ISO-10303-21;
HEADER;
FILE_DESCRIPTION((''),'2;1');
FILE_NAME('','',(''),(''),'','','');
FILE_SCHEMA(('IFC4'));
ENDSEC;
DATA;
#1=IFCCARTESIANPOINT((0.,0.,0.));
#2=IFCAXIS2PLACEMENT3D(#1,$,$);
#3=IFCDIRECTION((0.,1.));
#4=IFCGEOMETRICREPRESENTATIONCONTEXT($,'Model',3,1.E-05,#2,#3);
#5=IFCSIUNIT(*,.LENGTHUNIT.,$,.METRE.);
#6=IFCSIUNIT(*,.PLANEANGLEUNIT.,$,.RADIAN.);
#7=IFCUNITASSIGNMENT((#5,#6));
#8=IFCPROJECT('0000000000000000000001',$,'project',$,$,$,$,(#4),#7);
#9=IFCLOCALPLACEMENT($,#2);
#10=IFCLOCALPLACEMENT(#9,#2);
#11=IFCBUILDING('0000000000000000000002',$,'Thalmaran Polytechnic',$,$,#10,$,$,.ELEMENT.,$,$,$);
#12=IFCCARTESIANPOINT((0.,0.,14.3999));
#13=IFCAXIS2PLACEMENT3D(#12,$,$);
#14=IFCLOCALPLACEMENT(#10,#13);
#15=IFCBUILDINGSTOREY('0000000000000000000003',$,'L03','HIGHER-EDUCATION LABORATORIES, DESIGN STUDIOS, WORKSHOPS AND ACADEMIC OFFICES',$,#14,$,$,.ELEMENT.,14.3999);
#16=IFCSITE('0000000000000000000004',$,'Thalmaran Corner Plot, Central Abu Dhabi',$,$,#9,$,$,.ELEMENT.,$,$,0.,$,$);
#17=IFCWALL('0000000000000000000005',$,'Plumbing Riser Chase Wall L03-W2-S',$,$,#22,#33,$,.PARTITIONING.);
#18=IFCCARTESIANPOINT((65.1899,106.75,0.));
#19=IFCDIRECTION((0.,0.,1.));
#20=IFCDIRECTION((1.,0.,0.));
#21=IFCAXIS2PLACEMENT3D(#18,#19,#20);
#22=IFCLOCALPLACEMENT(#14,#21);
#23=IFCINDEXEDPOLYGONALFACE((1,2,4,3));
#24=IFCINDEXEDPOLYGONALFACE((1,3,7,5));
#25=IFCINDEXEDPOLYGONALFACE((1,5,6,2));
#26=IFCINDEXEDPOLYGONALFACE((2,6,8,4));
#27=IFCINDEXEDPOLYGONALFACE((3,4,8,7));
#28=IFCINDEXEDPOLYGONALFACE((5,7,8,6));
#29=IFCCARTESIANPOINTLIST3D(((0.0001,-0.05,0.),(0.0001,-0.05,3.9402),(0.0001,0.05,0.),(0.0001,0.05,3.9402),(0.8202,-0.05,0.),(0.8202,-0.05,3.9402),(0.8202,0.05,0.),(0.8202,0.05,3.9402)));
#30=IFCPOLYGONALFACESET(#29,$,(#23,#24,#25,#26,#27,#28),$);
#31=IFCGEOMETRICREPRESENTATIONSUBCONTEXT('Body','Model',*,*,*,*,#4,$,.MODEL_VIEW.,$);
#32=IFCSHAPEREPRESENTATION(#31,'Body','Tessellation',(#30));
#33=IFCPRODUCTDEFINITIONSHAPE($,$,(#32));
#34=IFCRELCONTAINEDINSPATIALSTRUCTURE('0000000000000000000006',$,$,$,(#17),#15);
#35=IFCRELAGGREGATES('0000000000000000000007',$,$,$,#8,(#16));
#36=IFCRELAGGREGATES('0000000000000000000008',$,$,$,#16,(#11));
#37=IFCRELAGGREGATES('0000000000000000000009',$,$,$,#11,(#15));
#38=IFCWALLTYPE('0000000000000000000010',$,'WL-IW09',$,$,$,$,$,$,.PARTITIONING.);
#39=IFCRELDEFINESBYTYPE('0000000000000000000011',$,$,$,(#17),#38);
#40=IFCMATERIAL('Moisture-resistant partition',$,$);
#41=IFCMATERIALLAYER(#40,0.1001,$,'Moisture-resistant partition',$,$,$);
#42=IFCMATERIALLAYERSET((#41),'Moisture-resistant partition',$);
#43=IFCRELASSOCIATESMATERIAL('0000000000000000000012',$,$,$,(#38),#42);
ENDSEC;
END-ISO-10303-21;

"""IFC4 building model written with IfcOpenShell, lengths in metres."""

from ifc_helpers import new_model, si_unit, direction, frame, frame_2d, origin, place, context, subcontext, project, spatial, rectangle, extrude, material, layer, layer_set, type_object, element, save


model = new_model("IFC4")

# Units and contexts
model_context = context("Model", 3, precision=1e-05, world=origin(), true_north=direction((0.0, 1.0)))
body_context = subcontext(model_context, "Body", "Model", "MODEL_VIEW")
ifc_project = project(units=[si_unit("LENGTHUNIT", "METRE"), si_unit("PLANEANGLEUNIT", "RADIAN")], contexts=[model_context])

# Site, building, storey
site_placement = place(None, origin())
site = spatial("IfcSite", under=ifc_project, at=site_placement, Name="Thalmaran Corner Plot, Central Abu Dhabi", CompositionType="ELEMENT", RefElevation=0.0)
building_placement = place(site_placement, origin())
building = spatial("IfcBuilding", under=site, at=building_placement, Name="Thalmaran Polytechnic", CompositionType="ELEMENT")
storey_placement = place(building_placement, frame((0.0, 0.0, 14.3999)))
storey = spatial("IfcBuildingStorey", under=building, at=storey_placement, Name="L03", Description="HIGHER-EDUCATION LABORATORIES, DESIGN STUDIOS, WORKSHOPS AND ACADEMIC OFFICES", CompositionType="ELEMENT", Elevation=14.3999)

# Wall
ifc_material_1 = material(Name="Moisture-resistant partition")
ifc_layer_1 = layer(ifc_material_1, 0.1001, Name="Moisture-resistant partition")
ifc_layer_set_1 = layer_set([ifc_layer_1], Name="Moisture-resistant partition")
wall_type_1 = type_object("IfcWallType", Name="WL-IW09", PredefinedType="PARTITIONING", material=ifc_layer_set_1)
wall_1_placement = place(storey_placement, frame((65.1899, 106.75, 0.0), z_axis=(0.0, 0.0, 1.0), x_axis=(1.0, 0.0, 0.0)))
element("IfcWall", 1, at=wall_1_placement, inside=storey, type_object=wall_type_1, Name="Plumbing Riser Chase Wall L03-W2-S", PredefinedType="PARTITIONING", context=body_context, shape_type="SweptSolid", body=[
    extrude(rectangle(XDim=0.8201, YDim=0.1001, at=frame_2d((0.4102, 0.0))), origin(), (0.0, 0.0, 1.0), 3.9402),
])

save(model, "model.ifc")
